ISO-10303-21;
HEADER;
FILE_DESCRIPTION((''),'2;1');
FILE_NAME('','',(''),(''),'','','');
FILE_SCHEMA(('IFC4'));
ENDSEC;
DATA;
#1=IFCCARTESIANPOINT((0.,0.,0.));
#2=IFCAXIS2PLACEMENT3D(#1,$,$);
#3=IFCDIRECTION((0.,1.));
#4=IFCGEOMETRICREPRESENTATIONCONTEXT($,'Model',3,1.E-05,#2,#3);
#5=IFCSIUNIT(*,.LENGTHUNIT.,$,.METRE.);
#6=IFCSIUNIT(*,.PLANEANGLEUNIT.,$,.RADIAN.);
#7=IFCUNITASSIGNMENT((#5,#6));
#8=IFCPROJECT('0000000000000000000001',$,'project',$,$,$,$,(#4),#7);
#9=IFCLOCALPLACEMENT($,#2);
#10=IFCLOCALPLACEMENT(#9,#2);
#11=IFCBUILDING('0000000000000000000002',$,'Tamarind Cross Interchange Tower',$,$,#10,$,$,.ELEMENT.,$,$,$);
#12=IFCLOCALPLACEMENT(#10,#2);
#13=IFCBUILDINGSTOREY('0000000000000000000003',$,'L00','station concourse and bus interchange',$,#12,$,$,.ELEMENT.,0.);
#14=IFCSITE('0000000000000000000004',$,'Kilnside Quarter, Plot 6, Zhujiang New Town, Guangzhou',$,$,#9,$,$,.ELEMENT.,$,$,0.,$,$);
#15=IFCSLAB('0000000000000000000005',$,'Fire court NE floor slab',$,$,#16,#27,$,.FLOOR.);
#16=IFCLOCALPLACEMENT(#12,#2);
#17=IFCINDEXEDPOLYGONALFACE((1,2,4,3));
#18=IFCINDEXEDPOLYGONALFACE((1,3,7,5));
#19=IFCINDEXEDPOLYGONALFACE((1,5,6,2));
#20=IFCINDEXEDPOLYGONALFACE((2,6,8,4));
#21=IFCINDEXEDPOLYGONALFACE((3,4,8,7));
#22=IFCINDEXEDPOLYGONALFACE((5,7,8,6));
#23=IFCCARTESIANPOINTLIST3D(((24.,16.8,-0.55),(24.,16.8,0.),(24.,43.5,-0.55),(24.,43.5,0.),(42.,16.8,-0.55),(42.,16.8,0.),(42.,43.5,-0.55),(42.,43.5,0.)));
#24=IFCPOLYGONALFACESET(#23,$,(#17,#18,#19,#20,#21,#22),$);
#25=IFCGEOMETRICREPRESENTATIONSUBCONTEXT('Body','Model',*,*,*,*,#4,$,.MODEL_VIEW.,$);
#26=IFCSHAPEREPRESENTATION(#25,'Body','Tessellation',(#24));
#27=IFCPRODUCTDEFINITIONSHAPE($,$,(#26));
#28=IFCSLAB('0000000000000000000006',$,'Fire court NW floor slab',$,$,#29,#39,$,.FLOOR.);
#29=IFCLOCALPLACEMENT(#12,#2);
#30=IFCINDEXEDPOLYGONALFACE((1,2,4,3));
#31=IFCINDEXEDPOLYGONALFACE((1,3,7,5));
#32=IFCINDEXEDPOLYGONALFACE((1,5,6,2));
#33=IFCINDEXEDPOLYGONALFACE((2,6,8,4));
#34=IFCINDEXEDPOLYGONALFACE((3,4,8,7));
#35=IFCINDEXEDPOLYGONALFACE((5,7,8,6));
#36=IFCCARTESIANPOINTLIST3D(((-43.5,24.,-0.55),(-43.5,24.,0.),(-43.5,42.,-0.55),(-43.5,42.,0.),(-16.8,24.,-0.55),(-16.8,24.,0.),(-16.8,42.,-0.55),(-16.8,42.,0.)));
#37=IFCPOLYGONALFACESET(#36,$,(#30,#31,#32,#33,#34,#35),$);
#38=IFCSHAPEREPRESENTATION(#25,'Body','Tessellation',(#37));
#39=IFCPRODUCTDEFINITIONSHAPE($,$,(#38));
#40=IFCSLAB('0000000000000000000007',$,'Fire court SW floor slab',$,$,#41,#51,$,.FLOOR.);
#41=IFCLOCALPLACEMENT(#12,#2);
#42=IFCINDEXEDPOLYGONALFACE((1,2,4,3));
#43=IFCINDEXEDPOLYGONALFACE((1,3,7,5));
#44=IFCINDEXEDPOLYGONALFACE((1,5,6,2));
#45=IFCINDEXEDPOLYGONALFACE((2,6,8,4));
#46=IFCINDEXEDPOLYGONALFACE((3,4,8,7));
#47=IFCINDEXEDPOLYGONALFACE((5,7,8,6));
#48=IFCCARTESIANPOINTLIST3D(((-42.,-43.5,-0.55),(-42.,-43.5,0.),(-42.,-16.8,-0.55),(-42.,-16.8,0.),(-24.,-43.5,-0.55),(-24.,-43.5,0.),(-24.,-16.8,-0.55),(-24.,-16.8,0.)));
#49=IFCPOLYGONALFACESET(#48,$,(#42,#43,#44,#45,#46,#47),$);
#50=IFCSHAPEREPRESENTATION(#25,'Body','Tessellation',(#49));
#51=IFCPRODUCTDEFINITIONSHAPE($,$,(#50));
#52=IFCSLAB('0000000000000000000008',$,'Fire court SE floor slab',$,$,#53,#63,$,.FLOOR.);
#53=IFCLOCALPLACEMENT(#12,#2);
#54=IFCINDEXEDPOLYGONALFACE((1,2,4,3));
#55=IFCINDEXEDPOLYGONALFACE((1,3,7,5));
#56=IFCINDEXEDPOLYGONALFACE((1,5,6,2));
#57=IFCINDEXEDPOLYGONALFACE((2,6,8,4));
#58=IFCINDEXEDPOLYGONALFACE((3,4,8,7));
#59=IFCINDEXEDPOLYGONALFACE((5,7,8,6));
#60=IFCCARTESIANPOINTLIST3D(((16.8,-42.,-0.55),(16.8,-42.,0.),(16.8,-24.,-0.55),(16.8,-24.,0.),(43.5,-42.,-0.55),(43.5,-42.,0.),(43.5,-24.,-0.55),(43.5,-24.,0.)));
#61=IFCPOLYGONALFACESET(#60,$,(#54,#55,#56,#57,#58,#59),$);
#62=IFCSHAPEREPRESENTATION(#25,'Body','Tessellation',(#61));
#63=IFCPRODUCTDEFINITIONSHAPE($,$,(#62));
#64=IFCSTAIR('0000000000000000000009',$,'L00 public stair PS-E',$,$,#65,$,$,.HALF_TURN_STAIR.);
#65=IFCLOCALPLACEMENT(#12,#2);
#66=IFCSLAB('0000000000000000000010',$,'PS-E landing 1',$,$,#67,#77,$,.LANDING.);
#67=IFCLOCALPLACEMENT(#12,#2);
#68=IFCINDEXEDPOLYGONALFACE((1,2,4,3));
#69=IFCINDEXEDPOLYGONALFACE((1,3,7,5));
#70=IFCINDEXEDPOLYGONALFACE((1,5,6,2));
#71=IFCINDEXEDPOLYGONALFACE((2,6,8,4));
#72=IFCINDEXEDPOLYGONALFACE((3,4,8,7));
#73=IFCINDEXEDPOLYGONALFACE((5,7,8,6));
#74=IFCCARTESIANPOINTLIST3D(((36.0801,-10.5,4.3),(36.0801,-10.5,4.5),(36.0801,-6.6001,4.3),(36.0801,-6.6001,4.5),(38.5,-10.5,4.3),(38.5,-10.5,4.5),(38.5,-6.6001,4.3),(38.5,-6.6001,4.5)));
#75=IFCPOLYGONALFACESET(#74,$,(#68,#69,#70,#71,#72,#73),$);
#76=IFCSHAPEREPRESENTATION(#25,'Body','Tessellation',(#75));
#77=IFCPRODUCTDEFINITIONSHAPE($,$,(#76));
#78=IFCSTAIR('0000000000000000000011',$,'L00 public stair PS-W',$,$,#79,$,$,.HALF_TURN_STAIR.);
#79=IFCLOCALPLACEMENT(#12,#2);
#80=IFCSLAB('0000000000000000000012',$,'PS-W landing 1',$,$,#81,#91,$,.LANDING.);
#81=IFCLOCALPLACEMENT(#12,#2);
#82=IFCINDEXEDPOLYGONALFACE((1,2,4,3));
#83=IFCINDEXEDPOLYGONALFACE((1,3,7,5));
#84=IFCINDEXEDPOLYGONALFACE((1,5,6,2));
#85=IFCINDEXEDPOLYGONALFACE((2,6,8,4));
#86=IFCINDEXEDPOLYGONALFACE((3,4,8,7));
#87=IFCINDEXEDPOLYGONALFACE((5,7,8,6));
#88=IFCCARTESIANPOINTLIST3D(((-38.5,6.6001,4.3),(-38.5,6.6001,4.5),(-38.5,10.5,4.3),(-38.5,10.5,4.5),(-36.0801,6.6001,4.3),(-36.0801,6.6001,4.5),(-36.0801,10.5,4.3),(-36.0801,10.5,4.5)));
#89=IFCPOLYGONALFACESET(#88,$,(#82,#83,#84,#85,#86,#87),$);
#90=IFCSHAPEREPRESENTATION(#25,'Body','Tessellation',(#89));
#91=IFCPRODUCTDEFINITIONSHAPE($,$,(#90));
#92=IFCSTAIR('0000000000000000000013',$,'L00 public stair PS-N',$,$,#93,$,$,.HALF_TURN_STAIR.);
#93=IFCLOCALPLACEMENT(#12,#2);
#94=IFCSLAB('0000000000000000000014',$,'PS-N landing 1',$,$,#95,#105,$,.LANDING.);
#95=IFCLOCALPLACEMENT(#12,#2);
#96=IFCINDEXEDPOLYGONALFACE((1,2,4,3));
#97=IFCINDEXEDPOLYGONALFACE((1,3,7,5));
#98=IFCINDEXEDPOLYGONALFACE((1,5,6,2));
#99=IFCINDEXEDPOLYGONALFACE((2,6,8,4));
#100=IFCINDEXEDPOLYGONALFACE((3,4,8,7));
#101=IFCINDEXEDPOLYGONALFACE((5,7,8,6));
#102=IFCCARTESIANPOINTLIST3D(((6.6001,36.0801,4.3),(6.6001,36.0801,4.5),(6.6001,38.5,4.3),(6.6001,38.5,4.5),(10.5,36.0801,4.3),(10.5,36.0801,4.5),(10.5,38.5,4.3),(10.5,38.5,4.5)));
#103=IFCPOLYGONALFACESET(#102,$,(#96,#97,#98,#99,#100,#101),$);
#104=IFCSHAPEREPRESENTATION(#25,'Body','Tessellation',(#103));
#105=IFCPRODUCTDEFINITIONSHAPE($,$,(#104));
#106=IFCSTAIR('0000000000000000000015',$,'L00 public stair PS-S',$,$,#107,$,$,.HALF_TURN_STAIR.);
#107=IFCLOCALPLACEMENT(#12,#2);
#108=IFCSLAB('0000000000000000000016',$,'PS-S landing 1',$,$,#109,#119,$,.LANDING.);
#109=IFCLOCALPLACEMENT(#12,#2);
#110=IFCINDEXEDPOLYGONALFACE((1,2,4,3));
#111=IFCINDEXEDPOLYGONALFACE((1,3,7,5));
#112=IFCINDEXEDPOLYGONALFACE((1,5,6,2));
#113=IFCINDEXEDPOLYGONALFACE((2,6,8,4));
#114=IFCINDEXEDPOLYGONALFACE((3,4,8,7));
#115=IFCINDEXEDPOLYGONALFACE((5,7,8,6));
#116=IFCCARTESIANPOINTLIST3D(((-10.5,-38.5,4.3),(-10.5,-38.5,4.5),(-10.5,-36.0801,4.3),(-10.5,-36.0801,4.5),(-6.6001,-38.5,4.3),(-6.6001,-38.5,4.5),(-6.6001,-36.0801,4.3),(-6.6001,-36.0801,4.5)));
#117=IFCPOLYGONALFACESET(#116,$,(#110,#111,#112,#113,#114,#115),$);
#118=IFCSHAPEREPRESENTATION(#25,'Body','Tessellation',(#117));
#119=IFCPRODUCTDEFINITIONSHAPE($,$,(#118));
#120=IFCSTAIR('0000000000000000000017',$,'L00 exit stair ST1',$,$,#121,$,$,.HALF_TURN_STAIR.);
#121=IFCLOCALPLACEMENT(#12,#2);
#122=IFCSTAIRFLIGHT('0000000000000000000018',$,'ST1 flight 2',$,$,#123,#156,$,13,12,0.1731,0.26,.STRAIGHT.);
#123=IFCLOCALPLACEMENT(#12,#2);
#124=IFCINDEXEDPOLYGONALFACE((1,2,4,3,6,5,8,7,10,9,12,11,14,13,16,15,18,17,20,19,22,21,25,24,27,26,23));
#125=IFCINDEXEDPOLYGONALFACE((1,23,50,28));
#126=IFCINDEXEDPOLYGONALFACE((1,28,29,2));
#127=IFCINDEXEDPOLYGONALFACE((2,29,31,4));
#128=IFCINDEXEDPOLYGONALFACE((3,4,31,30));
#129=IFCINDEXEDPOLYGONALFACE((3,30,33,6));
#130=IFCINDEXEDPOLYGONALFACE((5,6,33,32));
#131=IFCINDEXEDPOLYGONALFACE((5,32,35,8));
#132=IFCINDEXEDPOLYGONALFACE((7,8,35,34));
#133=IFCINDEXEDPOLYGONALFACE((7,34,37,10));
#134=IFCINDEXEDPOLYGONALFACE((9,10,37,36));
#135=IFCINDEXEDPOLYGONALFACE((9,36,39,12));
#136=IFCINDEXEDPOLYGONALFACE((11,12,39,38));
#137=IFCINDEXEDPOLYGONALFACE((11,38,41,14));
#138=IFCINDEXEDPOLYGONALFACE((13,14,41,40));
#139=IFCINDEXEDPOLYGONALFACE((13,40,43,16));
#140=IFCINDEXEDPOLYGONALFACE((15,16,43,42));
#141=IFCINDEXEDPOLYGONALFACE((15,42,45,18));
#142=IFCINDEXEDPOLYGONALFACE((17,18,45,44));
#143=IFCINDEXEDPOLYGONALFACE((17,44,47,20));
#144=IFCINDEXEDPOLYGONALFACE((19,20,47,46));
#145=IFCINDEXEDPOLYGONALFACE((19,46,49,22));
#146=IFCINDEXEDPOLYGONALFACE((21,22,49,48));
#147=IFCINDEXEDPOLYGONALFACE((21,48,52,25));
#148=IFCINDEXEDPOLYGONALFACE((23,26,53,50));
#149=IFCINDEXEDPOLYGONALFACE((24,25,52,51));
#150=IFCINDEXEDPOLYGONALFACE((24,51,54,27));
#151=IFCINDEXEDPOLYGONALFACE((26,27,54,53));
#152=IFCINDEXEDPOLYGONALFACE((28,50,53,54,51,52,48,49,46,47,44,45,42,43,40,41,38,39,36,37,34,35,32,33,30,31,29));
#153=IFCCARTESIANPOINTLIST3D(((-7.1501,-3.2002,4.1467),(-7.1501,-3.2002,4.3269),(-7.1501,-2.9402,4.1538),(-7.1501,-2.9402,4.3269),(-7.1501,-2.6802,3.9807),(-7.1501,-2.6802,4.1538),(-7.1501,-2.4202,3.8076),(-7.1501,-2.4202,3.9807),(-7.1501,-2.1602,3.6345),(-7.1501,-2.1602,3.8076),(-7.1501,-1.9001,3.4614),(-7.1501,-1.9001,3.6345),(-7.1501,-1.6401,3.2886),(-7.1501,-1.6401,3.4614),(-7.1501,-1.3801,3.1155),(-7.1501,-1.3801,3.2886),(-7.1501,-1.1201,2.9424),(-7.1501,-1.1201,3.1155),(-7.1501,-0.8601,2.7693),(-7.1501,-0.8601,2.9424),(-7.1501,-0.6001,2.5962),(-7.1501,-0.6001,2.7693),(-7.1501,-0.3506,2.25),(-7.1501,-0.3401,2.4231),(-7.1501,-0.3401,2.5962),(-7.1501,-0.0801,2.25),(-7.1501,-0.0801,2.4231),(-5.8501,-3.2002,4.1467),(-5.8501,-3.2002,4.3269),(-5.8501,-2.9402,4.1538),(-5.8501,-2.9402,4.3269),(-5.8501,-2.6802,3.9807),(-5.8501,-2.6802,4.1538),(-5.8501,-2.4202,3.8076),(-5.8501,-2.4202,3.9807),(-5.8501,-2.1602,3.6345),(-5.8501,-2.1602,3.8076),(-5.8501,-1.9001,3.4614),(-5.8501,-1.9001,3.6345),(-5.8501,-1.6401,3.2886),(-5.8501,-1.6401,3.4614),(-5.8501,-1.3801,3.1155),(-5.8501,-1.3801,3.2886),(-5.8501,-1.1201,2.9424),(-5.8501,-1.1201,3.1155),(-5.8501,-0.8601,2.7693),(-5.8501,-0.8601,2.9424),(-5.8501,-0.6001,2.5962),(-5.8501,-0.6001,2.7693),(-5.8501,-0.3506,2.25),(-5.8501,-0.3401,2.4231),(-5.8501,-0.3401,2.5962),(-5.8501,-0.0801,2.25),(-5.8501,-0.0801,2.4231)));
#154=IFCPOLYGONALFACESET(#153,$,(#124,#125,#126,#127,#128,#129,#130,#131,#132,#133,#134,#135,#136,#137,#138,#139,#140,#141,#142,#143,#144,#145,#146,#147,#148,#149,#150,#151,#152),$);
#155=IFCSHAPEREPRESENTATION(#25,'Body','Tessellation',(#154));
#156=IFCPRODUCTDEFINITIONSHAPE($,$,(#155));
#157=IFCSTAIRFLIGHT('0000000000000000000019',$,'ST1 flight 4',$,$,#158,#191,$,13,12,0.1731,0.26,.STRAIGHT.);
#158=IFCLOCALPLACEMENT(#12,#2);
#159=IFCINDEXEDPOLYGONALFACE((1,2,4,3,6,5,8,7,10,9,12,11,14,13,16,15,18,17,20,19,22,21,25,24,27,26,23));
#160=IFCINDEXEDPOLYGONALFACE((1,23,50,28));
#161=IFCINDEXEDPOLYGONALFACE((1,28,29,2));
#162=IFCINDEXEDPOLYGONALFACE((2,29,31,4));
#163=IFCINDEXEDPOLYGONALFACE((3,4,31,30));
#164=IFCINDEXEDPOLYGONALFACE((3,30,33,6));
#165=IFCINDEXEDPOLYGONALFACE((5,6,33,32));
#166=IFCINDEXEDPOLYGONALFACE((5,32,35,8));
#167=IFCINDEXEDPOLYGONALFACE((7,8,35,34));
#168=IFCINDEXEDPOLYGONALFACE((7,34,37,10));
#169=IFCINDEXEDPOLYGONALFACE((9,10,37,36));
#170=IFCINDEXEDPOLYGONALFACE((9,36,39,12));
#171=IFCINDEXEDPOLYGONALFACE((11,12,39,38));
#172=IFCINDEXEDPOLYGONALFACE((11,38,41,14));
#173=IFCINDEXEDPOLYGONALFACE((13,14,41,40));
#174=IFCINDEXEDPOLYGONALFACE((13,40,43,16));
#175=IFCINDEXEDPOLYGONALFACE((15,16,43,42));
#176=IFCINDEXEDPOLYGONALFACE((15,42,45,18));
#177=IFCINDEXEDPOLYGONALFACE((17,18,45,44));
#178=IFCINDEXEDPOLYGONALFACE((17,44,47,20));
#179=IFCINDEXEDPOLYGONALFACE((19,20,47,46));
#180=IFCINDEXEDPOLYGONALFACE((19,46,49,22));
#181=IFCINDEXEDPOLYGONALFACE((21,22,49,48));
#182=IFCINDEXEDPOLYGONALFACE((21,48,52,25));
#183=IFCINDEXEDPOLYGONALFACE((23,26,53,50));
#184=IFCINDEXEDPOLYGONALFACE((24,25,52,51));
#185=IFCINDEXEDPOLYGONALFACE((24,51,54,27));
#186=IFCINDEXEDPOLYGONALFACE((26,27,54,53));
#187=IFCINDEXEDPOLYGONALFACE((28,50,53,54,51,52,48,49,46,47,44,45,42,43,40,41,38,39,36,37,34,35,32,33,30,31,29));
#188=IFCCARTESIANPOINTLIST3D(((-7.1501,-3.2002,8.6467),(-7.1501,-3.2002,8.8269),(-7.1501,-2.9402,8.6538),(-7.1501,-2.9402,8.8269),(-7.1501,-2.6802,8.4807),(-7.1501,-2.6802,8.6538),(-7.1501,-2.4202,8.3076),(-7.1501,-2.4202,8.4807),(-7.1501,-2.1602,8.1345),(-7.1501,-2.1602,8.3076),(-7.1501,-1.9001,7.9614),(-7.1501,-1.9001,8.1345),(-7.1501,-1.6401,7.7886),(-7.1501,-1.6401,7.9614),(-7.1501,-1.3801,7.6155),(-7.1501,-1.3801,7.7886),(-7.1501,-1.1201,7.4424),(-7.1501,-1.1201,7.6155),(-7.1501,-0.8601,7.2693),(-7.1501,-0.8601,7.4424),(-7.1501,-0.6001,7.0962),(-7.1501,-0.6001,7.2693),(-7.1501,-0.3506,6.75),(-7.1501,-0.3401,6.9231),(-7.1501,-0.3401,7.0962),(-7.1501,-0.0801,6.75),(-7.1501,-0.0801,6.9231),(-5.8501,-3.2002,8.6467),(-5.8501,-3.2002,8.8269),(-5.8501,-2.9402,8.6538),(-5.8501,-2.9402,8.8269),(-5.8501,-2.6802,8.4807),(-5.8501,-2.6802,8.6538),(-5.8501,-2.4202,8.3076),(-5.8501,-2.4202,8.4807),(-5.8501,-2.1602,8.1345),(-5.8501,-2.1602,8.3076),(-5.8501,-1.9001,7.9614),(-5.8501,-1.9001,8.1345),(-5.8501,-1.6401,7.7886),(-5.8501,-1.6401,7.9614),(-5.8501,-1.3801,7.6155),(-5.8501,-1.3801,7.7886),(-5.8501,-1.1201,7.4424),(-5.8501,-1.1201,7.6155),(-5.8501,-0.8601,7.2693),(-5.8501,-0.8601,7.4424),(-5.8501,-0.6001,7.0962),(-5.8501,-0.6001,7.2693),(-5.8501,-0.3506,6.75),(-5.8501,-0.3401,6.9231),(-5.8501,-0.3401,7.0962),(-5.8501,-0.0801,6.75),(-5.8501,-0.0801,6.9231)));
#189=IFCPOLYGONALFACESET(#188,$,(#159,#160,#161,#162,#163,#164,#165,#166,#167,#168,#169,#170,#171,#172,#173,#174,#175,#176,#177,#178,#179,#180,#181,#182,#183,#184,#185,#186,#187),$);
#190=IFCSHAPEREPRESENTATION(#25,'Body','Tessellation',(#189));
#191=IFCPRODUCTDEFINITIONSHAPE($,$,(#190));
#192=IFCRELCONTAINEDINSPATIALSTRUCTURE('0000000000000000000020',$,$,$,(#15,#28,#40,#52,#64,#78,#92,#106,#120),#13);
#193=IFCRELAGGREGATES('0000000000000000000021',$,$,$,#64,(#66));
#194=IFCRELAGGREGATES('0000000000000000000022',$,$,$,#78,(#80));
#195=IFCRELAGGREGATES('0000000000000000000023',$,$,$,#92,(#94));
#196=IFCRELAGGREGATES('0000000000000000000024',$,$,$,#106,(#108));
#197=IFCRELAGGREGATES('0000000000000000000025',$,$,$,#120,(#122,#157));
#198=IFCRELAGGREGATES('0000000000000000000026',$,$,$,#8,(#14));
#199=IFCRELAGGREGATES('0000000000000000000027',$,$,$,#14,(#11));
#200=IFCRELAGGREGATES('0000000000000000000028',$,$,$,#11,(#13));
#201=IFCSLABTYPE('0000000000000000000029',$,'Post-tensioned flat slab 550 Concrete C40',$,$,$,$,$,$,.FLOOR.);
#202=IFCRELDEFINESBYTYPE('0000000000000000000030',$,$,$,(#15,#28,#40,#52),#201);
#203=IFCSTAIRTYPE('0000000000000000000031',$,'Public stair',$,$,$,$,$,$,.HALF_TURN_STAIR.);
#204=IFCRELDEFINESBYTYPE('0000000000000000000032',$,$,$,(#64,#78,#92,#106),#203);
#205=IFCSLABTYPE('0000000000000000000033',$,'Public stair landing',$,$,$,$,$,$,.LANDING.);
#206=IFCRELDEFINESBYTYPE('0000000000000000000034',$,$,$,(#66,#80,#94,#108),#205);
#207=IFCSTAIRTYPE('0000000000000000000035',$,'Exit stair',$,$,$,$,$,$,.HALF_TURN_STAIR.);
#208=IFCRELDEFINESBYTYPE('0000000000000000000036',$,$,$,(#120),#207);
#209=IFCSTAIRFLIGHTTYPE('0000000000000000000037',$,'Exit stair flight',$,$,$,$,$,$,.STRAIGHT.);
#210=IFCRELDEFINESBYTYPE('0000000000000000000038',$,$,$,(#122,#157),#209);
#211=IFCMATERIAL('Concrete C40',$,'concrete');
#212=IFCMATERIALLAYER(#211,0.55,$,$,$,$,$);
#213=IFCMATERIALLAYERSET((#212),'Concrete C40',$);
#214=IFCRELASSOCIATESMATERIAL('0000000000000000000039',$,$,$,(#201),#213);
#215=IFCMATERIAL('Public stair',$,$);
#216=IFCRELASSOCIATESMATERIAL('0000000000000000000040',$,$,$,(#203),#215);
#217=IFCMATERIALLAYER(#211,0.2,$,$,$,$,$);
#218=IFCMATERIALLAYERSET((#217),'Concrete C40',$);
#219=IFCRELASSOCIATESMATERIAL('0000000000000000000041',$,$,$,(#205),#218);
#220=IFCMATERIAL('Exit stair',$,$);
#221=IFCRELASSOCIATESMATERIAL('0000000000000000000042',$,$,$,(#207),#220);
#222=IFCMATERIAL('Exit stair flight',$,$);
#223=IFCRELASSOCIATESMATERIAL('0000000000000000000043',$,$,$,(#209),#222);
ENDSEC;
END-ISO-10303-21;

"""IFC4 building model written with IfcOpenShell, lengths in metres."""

from ifc_helpers import new_model, si_unit, direction, frame, origin, place, context, subcontext, project, spatial, polyline, outline, extrude, material, layer, layer_set, type_object, element, aggregate, save


model = new_model("IFC4")

# Units and contexts
model_context = context("Model", 3, precision=1e-05, world=origin(), true_north=direction((0.0, 1.0)))
body_context = subcontext(model_context, "Body", "Model", "MODEL_VIEW")
ifc_project = project(units=[si_unit("LENGTHUNIT", "METRE"), si_unit("PLANEANGLEUNIT", "RADIAN")], contexts=[model_context])

# Site, building, storey
site_placement = place(None, origin())
site = spatial("IfcSite", under=ifc_project, at=site_placement, Name="Kilnside Quarter, Plot 6, Zhujiang New Town, Guangzhou", CompositionType="ELEMENT", RefElevation=0.0)
building_placement = place(site_placement, origin())
building = spatial("IfcBuilding", under=site, at=building_placement, Name="Tamarind Cross Interchange Tower", CompositionType="ELEMENT")
storey_placement = place(building_placement, origin())
storey = spatial("IfcBuildingStorey", under=building, at=storey_placement, Name="L00", Description="station concourse and bus interchange", CompositionType="ELEMENT", Elevation=0.0)

# Slabs
ifc_material_1 = material(Name="Concrete C40", Category="concrete")
ifc_layer_1 = layer(ifc_material_1, 0.55)
ifc_layer_set_1 = layer_set([ifc_layer_1], Name="Concrete C40")
slab_type_1 = type_object("IfcSlabType", Name="Post-tensioned flat slab 550 Concrete C40", PredefinedType="FLOOR", material=ifc_layer_set_1)
slab_1_placement = place(storey_placement, frame((0.0, 0.0, -0.55)))
element("IfcSlab", 1, at=slab_1_placement, inside=storey, type_object=slab_type_1, Name="Fire court NE floor slab", PredefinedType="FLOOR", context=body_context, shape_type="SweptSolid", body=[
    extrude(outline(polyline([(24.0, 16.8), (42.0, 16.8), (42.0, 43.5), (24.0, 43.5), (24.0, 16.8)])), origin(), (0.0, 0.0, 1.0), 0.55),
])
slab_2_placement = place(storey_placement, frame((0.0, 0.0, -0.55)))
element("IfcSlab", 2, at=slab_2_placement, inside=storey, type_object=slab_type_1, Name="Fire court NW floor slab", PredefinedType="FLOOR", context=body_context, shape_type="SweptSolid", body=[
    extrude(outline(polyline([(-43.5, 24.0), (-16.8, 24.0), (-16.8, 42.0), (-43.5, 42.0), (-43.5, 24.0)])), origin(), (0.0, 0.0, 1.0), 0.55),
])
slab_3_placement = place(storey_placement, frame((0.0, 0.0, -0.55)))
element("IfcSlab", 3, at=slab_3_placement, inside=storey, type_object=slab_type_1, Name="Fire court SW floor slab", PredefinedType="FLOOR", context=body_context, shape_type="SweptSolid", body=[
    extrude(outline(polyline([(-42.0, -43.5), (-24.0, -43.5), (-24.0, -16.8), (-42.0, -16.8), (-42.0, -43.5)])), origin(), (0.0, 0.0, 1.0), 0.55),
])
slab_4_placement = place(storey_placement, frame((0.0, 0.0, -0.55)))
element("IfcSlab", 4, at=slab_4_placement, inside=storey, type_object=slab_type_1, Name="Fire court SE floor slab", PredefinedType="FLOOR", context=body_context, shape_type="SweptSolid", body=[
    extrude(outline(polyline([(16.8, -42.0), (43.5, -42.0), (43.5, -24.0), (16.8, -24.0), (16.8, -42.0)])), origin(), (0.0, 0.0, 1.0), 0.55),
])

# Stairs, slabs
ifc_material_2 = material(Name="Public stair")
stair_type_1 = type_object("IfcStairType", Name="Public stair", PredefinedType="HALF_TURN_STAIR", material=ifc_material_2)
stair_1_placement = place(storey_placement, origin())
stair_1 = element("IfcStair", 5, at=stair_1_placement, inside=storey, type_object=stair_type_1, Name="L00 public stair PS-E", PredefinedType="HALF_TURN_STAIR")
ifc_layer_2 = layer(ifc_material_1, 0.2)
ifc_layer_set_2 = layer_set([ifc_layer_2], Name="Concrete C40")
slab_type_2 = type_object("IfcSlabType", Name="Public stair landing", PredefinedType="LANDING", material=ifc_layer_set_2)
slab_5_placement = place(storey_placement, frame((0.0, 0.0, 4.3)))
slab_5 = element("IfcSlab", 6, at=slab_5_placement, type_object=slab_type_2, Name="PS-E landing 1", PredefinedType="LANDING", context=body_context, shape_type="SweptSolid", body=[
    extrude(outline(polyline([(36.0801, -10.5), (38.5, -10.5), (38.5, -6.6001), (36.0801, -6.6001), (36.0801, -10.5)])), origin(), (0.0, 0.0, 1.0), 0.2),
])
aggregate(stair_1, [slab_5])
stair_2_placement = place(storey_placement, origin())
stair_2 = element("IfcStair", 7, at=stair_2_placement, inside=storey, type_object=stair_type_1, Name="L00 public stair PS-W", PredefinedType="HALF_TURN_STAIR")
slab_6_placement = place(storey_placement, frame((0.0, 0.0, 4.3)))
slab_6 = element("IfcSlab", 8, at=slab_6_placement, type_object=slab_type_2, Name="PS-W landing 1", PredefinedType="LANDING", context=body_context, shape_type="SweptSolid", body=[
    extrude(outline(polyline([(-36.0801, 10.5), (-38.5, 10.5), (-38.5, 6.6001), (-36.0801, 6.6001), (-36.0801, 10.5)])), origin(), (0.0, 0.0, 1.0), 0.2),
])
aggregate(stair_2, [slab_6])
stair_3_placement = place(storey_placement, origin())
stair_3 = element("IfcStair", 9, at=stair_3_placement, inside=storey, type_object=stair_type_1, Name="L00 public stair PS-N", PredefinedType="HALF_TURN_STAIR")
slab_7_placement = place(storey_placement, frame((0.0, 0.0, 4.3)))
slab_7 = element("IfcSlab", 10, at=slab_7_placement, type_object=slab_type_2, Name="PS-N landing 1", PredefinedType="LANDING", context=body_context, shape_type="SweptSolid", body=[
    extrude(outline(polyline([(10.5, 36.0801), (10.5, 38.5), (6.6001, 38.5), (6.6001, 36.0801), (10.5, 36.0801)])), origin(), (0.0, 0.0, 1.0), 0.2),
])
aggregate(stair_3, [slab_7])
stair_4_placement = place(storey_placement, origin())
stair_4 = element("IfcStair", 11, at=stair_4_placement, inside=storey, type_object=stair_type_1, Name="L00 public stair PS-S", PredefinedType="HALF_TURN_STAIR")
slab_8_placement = place(storey_placement, frame((0.0, 0.0, 4.3)))
slab_8 = element("IfcSlab", 12, at=slab_8_placement, type_object=slab_type_2, Name="PS-S landing 1", PredefinedType="LANDING", context=body_context, shape_type="SweptSolid", body=[
    extrude(outline(polyline([(-10.5, -36.0801), (-10.5, -38.5), (-6.6001, -38.5), (-6.6001, -36.0801), (-10.5, -36.0801)])), origin(), (0.0, 0.0, 1.0), 0.2),
])
aggregate(stair_4, [slab_8])

# Stair, stair flights
ifc_material_3 = material(Name="Exit stair")
stair_type_2 = type_object("IfcStairType", Name="Exit stair", PredefinedType="HALF_TURN_STAIR", material=ifc_material_3)
stair_5_placement = place(storey_placement, origin())
stair_5 = element("IfcStair", 13, at=stair_5_placement, inside=storey, type_object=stair_type_2, Name="L00 exit stair ST1", PredefinedType="HALF_TURN_STAIR")
ifc_material_4 = material(Name="Exit stair flight")
stair_flight_type = type_object("IfcStairFlightType", Name="Exit stair flight", PredefinedType="STRAIGHT", material=ifc_material_4)
stair_flight_1_placement = place(storey_placement, frame((-6.5, -0.0801, 2.25), z_axis=(0.0, 0.0, 1.0), x_axis=(0.0, -1.0, 0.0)))
stair_flight_1 = element("IfcStairFlight", 14, at=stair_flight_1_placement, type_object=stair_flight_type, Name="ST1 flight 2", NumberOfRisers=13, NumberOfTreads=12, PredefinedType="STRAIGHT", RiserHeight=0.1731, TreadLength=0.26, context=body_context, shape_type="SweptSolid", body=[
    extrude(outline(polyline([(0.0, 0.0), (0.0, 0.1731), (0.26, 0.1731), (0.26, 0.3462), (0.52, 0.3462), (0.52, 0.5193), (0.78, 0.5193), (0.78, 0.6924), (1.04, 0.6924), (1.04, 0.8655), (1.3, 0.8655), (1.3, 1.0386), (1.5601, 1.0386), (1.5601, 1.2114), (1.8201, 1.2114), (1.8201, 1.3845), (2.0801, 1.3845), (2.0801, 1.5576), (2.3401, 1.5576), (2.3401, 1.7307), (2.6001, 1.7307), (2.6001, 1.9038), (2.8601, 1.9038), (2.8601, 2.0769), (3.1201, 2.0769), (3.1201, 2.25), (3.1201, 1.8967), (0.2705, 0.0), (0.0, 0.0)])), frame((0.0, 0.6499, 0.0), z_axis=(0.0, -1.0, 0.0), x_axis=(1.0, 0.0, 0.0)), (0.0, 0.0, 1.0), 1.3),
])
stair_flight_2_placement = place(storey_placement, frame((-6.5, -0.0801, 6.75), z_axis=(0.0, 0.0, 1.0), x_axis=(0.0, -1.0, 0.0)))
stair_flight_2 = element("IfcStairFlight", 15, at=stair_flight_2_placement, type_object=stair_flight_type, Name="ST1 flight 4", NumberOfRisers=13, NumberOfTreads=12, PredefinedType="STRAIGHT", RiserHeight=0.1731, TreadLength=0.26, context=body_context, shape_type="SweptSolid", body=[
    extrude(outline(polyline([(0.0, 0.0), (0.0, 0.1731), (0.26, 0.1731), (0.26, 0.3462), (0.52, 0.3462), (0.52, 0.5193), (0.78, 0.5193), (0.78, 0.6924), (1.04, 0.6924), (1.04, 0.8655), (1.3, 0.8655), (1.3, 1.0386), (1.5601, 1.0386), (1.5601, 1.2114), (1.8201, 1.2114), (1.8201, 1.3845), (2.0801, 1.3845), (2.0801, 1.5576), (2.3401, 1.5576), (2.3401, 1.7307), (2.6001, 1.7307), (2.6001, 1.9038), (2.8601, 1.9038), (2.8601, 2.0769), (3.1201, 2.0769), (3.1201, 2.25), (3.1201, 1.8967), (0.2705, 0.0), (0.0, 0.0)])), frame((0.0, 0.6499, 0.0), z_axis=(0.0, -1.0, 0.0), x_axis=(1.0, 0.0, 0.0)), (0.0, 0.0, 1.0), 1.3),
])
aggregate(stair_5, [stair_flight_1, stair_flight_2])

save(model, "model.ifc")
